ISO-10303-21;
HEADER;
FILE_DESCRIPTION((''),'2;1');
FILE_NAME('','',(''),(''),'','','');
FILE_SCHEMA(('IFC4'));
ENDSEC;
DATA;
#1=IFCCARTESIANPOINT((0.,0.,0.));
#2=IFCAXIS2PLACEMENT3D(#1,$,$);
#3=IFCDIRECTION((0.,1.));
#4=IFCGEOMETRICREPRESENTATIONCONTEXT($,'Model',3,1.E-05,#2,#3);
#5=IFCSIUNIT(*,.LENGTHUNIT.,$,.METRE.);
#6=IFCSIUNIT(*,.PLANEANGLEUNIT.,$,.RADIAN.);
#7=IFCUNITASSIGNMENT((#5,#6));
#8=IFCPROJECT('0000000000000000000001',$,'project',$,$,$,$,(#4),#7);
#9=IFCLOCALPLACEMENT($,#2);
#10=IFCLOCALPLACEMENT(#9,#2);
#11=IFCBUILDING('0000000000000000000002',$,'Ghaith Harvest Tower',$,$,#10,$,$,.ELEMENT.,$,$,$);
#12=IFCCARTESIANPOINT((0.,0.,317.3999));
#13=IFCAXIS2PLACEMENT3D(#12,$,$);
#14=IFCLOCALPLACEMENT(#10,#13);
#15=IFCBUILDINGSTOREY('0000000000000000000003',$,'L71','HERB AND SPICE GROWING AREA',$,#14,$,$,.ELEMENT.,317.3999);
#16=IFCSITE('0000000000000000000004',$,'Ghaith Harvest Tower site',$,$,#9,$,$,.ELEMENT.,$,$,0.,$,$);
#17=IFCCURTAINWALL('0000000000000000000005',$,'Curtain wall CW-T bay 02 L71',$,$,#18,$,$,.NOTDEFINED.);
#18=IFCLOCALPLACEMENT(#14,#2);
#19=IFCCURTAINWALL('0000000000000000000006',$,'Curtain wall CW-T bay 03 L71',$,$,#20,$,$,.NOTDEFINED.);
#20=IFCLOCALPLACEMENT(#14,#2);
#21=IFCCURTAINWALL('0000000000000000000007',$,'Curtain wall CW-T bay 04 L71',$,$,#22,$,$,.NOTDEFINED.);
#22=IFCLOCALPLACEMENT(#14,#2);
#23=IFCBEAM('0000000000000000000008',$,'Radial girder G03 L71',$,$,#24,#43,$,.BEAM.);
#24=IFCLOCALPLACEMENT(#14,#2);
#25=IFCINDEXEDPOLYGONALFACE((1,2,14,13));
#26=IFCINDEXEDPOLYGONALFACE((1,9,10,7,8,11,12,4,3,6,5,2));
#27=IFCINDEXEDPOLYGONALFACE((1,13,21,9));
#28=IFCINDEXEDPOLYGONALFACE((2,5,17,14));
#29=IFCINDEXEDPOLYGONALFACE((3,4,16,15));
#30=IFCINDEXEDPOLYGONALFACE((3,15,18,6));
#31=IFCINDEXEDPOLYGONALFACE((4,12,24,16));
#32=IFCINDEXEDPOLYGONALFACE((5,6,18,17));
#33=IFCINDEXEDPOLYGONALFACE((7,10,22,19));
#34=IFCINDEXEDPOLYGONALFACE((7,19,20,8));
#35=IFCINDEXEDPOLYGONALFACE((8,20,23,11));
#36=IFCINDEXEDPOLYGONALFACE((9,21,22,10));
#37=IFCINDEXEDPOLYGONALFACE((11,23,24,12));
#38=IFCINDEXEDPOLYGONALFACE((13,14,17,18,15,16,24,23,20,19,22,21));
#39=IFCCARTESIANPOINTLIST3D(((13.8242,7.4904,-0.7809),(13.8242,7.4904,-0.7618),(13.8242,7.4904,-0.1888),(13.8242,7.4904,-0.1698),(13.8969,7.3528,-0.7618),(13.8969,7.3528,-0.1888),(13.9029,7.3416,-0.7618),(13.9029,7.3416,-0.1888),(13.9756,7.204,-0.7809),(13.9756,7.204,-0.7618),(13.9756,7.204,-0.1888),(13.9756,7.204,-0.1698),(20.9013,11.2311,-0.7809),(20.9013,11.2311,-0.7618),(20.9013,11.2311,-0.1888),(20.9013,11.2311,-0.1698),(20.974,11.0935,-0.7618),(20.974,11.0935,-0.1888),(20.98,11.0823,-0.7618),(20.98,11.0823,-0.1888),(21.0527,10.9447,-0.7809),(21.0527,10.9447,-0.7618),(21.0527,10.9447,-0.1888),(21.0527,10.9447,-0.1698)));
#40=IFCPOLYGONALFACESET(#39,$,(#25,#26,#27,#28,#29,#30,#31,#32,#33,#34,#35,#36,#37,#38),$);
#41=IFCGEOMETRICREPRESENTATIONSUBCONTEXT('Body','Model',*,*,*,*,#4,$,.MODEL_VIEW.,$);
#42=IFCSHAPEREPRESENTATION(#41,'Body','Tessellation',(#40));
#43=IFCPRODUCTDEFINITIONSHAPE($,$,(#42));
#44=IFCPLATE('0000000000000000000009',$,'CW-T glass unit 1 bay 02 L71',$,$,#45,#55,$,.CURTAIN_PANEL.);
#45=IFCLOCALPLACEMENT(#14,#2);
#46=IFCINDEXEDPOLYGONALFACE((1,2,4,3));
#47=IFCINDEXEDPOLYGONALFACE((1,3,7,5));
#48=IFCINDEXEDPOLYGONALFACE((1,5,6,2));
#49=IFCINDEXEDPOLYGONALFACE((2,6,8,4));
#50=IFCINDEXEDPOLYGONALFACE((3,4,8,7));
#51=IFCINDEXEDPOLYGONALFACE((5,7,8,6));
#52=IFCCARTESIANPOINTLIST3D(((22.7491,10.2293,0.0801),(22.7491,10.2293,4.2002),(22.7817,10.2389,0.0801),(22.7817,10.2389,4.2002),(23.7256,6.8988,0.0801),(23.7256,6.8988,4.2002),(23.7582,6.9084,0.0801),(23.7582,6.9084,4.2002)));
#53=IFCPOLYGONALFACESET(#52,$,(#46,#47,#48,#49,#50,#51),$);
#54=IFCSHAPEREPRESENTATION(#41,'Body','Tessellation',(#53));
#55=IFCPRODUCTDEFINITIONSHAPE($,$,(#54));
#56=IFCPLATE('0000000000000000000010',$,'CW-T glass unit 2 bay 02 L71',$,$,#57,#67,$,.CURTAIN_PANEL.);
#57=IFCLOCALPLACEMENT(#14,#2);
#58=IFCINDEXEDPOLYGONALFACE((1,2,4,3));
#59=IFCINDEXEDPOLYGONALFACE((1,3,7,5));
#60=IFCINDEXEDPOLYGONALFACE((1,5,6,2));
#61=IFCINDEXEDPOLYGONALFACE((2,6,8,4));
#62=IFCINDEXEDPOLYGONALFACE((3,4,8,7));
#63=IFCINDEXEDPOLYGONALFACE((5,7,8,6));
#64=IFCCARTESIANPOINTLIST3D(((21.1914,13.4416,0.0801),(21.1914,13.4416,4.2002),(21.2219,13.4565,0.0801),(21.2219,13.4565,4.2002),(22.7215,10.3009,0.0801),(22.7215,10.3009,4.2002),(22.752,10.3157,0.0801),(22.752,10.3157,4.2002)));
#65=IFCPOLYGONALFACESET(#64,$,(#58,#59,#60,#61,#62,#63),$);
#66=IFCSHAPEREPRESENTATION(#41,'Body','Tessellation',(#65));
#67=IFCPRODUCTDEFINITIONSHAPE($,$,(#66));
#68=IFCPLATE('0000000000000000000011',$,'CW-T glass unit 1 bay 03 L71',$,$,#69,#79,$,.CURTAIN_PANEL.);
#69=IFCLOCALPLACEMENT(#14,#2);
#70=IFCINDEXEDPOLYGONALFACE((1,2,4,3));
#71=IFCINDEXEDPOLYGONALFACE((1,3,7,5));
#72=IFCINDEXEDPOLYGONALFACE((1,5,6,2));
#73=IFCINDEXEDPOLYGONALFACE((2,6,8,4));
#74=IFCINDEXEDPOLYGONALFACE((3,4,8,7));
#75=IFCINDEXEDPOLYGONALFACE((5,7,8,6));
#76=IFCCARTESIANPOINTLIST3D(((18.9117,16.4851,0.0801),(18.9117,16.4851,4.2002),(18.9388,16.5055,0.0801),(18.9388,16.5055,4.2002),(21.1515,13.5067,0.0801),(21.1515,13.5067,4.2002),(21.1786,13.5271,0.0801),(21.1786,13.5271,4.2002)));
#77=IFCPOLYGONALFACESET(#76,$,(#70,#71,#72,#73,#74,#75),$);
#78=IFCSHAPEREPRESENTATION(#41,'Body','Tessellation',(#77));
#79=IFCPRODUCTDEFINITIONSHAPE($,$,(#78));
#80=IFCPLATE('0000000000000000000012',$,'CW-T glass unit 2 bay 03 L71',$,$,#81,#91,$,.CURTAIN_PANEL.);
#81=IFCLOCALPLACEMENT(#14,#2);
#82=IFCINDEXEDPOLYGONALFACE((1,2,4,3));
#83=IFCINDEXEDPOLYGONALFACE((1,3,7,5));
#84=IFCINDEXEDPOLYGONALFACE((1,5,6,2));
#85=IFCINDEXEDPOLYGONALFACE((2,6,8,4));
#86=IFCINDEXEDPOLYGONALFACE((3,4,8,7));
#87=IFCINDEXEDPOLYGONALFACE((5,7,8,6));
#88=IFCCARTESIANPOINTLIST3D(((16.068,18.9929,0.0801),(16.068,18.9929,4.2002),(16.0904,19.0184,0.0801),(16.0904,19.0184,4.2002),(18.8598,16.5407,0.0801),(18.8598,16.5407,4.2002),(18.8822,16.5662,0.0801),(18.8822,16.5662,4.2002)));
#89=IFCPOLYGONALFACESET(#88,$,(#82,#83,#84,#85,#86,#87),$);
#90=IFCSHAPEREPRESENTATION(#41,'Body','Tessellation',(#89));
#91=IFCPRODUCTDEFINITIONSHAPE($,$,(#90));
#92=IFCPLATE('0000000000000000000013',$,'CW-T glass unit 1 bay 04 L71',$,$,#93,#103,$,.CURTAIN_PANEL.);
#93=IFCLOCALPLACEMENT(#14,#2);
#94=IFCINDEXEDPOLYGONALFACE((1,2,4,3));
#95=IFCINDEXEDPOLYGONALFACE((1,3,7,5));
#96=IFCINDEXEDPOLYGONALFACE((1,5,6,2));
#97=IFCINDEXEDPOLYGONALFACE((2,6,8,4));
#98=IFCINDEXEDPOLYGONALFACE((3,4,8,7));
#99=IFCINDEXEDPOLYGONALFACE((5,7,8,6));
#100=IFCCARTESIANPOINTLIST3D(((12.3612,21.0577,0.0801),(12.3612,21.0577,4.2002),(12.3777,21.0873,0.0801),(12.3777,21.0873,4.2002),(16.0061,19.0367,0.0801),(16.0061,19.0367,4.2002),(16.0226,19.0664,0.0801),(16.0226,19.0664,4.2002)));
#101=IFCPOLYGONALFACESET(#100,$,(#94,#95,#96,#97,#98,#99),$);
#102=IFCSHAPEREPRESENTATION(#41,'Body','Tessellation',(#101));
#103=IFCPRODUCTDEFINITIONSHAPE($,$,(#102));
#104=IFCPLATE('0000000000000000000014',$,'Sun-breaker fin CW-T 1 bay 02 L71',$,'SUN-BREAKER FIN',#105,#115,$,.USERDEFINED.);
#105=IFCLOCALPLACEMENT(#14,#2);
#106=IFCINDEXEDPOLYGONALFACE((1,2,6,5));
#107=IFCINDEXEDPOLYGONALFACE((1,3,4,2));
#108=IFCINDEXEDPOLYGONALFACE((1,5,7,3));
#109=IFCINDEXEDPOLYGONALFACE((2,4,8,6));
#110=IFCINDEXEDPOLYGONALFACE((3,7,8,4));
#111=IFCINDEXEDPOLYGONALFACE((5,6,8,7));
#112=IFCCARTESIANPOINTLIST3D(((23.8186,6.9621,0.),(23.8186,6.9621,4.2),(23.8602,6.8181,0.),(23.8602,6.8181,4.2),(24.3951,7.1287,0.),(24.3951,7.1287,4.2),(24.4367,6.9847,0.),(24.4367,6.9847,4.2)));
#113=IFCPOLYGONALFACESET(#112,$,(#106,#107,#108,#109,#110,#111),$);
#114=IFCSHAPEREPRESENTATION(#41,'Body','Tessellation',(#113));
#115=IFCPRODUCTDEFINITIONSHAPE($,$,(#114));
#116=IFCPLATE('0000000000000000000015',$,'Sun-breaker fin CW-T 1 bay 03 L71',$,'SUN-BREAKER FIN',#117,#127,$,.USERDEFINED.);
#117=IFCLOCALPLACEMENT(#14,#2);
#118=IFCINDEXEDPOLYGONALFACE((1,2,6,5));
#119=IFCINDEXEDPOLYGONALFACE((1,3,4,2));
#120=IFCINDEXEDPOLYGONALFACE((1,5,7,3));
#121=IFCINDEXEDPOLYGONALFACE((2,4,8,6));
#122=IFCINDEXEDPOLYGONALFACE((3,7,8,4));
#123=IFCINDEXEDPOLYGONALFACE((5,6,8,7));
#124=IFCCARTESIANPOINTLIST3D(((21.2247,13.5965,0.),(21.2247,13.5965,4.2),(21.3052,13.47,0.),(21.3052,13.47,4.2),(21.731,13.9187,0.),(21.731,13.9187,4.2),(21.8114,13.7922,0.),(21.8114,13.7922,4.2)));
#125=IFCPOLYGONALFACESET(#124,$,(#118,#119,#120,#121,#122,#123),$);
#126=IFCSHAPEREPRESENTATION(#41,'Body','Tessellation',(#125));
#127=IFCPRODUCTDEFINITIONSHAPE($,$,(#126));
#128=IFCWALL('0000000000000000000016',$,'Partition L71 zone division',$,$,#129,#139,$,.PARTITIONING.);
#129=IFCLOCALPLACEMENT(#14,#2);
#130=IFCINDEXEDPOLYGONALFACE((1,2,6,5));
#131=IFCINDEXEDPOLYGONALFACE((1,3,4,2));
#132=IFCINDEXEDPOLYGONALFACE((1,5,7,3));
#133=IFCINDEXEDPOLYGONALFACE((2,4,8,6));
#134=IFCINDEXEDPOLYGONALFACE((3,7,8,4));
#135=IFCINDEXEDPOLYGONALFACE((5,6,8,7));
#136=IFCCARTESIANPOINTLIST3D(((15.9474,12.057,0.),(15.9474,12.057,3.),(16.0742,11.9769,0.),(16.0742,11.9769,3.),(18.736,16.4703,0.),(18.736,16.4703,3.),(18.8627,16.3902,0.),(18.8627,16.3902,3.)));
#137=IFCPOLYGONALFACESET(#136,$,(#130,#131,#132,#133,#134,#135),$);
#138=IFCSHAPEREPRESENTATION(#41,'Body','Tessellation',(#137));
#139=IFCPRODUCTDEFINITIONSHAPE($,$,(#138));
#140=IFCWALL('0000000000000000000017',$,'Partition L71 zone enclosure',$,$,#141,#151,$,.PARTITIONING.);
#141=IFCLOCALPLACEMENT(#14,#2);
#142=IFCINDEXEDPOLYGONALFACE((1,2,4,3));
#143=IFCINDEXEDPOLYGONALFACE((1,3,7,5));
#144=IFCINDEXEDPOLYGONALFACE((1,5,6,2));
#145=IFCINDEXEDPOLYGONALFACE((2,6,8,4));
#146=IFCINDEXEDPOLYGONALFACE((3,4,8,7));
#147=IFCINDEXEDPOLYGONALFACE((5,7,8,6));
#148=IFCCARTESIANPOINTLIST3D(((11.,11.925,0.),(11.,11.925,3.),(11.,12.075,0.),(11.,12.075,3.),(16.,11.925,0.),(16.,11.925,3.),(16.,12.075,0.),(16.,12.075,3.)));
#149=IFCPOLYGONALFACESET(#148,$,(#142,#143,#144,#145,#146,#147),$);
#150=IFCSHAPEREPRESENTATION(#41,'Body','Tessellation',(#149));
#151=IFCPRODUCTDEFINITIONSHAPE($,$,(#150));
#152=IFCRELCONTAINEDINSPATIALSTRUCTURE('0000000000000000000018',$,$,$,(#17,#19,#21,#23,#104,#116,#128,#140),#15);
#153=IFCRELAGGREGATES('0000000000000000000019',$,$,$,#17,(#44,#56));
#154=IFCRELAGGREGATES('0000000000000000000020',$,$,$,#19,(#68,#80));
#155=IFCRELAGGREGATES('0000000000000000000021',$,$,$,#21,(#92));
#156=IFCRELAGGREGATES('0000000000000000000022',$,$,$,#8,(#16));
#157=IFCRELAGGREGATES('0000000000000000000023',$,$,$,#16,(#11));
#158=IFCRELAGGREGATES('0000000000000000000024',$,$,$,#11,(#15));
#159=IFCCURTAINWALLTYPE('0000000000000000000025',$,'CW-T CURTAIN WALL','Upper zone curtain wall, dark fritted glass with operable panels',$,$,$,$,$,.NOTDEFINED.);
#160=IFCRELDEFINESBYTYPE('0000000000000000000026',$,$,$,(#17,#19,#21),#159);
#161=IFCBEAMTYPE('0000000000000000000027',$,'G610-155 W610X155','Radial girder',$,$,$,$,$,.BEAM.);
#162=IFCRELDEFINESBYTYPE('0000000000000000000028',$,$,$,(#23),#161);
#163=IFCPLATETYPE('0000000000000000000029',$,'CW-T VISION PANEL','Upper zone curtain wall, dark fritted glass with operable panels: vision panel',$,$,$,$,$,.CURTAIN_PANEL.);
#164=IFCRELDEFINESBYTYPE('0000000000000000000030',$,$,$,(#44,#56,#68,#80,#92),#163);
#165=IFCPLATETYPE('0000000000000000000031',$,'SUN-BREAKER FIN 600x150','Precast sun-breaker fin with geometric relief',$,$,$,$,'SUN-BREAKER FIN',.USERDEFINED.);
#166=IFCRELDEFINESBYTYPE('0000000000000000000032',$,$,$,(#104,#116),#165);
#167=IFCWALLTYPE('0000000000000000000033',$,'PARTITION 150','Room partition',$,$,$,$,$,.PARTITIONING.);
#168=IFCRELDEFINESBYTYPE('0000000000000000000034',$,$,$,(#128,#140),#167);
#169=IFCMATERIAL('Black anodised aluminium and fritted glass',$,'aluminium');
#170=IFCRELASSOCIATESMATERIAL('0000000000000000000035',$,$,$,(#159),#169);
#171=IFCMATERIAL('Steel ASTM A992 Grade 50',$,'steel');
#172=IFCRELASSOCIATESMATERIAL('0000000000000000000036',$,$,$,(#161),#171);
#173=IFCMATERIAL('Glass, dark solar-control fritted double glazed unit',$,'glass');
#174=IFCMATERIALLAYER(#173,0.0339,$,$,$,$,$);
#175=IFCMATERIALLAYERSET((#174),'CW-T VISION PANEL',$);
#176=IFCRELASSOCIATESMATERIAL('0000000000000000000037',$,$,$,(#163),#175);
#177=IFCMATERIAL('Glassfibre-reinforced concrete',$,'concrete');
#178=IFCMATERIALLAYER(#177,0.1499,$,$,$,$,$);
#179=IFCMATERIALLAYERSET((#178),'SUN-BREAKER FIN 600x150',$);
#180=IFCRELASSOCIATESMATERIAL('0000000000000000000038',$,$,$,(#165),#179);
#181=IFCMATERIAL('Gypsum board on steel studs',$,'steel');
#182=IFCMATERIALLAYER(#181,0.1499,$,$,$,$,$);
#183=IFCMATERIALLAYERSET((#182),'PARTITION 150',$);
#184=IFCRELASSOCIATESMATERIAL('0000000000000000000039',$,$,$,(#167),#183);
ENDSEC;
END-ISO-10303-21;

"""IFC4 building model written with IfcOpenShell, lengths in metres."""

from ifc_helpers import new_model, si_unit, direction, frame, frame_2d, origin, origin_2d, place, context, subcontext, project, spatial, rectangle, i_section, extrude, material, layer, layer_set, material_profile, profile_set, type_object, element, aggregate, save


model = new_model("IFC4")

# Units and contexts
model_context = context("Model", 3, precision=1e-05, world=origin(), true_north=direction((0.0, 1.0)))
body_context = subcontext(model_context, "Body", "Model", "MODEL_VIEW")
ifc_project = project(units=[si_unit("LENGTHUNIT", "METRE"), si_unit("PLANEANGLEUNIT", "RADIAN")], contexts=[model_context])

# Site, building, storey
site_placement = place(None, origin())
site = spatial("IfcSite", under=ifc_project, at=site_placement, Name="Ghaith Harvest Tower site", CompositionType="ELEMENT", RefElevation=0.0)
building_placement = place(site_placement, origin())
building = spatial("IfcBuilding", under=site, at=building_placement, Name="Ghaith Harvest Tower", CompositionType="ELEMENT")
storey_placement = place(building_placement, frame((0.0, 0.0, 317.3999)))
storey = spatial("IfcBuildingStorey", under=building, at=storey_placement, Name="L71", Description="HERB AND SPICE GROWING AREA", CompositionType="ELEMENT", Elevation=317.3999)

# Curtain wall
ifc_material_1 = material(Name="Black anodised aluminium and fritted glass", Category="aluminium")
curtain_wall_type = type_object("IfcCurtainWallType", Name="CW-T CURTAIN WALL", Description="Upper zone curtain wall, dark fritted glass with operable panels", PredefinedType="NOTDEFINED", material=ifc_material_1)
curtain_wall_1_placement = place(storey_placement, origin())
curtain_wall_1 = element("IfcCurtainWall", 1, at=curtain_wall_1_placement, inside=storey, type_object=curtain_wall_type, Name="Curtain wall CW-T bay 02 L71", PredefinedType="NOTDEFINED")

# Curtain wall
curtain_wall_2_placement = place(storey_placement, origin())
curtain_wall_2 = element("IfcCurtainWall", 2, at=curtain_wall_2_placement, inside=storey, type_object=curtain_wall_type, Name="Curtain wall CW-T bay 03 L71", PredefinedType="NOTDEFINED")

# Curtain wall
curtain_wall_3_placement = place(storey_placement, origin())
curtain_wall_3 = element("IfcCurtainWall", 3, at=curtain_wall_3_placement, inside=storey, type_object=curtain_wall_type, Name="Curtain wall CW-T bay 04 L71", PredefinedType="NOTDEFINED")

# Beam
ifc_material_2 = material(Name="Steel ASTM A992 Grade 50", Category="steel")
ifc_material_profile_1 = material_profile(ifc_material_2, i_section(OverallWidth=0.324, OverallDepth=0.6111, WebThickness=0.0127, FlangeThickness=0.019, at=origin_2d()), Name="W610X155")
ifc_profile_set_1 = profile_set([ifc_material_profile_1], Name="Steel ASTM A992 Grade 50")
beam_type_1 = type_object("IfcBeamType", Name="G610-155 W610X155", Description="Radial girder", PredefinedType="BEAM", material=ifc_profile_set_1)
beam_1_placement = place(storey_placement, frame((13.8999, 7.3472, -0.4753), z_axis=(0.884098, 0.467302, 0.0), x_axis=(-0.467302, 0.884098, 0.0)))
element("IfcBeam", 4, at=beam_1_placement, inside=storey, type_object=beam_type_1, Name="Radial girder G03 L71", PredefinedType="BEAM", context=body_context, shape_type="SweptSolid", body=[
    extrude(i_section(OverallWidth=0.324, OverallDepth=0.6111, WebThickness=0.0127, FlangeThickness=0.019, at=origin_2d()), origin(), (0.0, 0.0, 1.0), 8.0049),
])

# Plates
ifc_material_3 = material(Name="Glass, dark solar-control fritted double glazed unit", Category="glass")
ifc_layer_1 = layer(ifc_material_3, 0.0339)
ifc_layer_set_1 = layer_set([ifc_layer_1], Name="CW-T VISION PANEL")
plate_type_1 = type_object("IfcPlateType", Name="CW-T VISION PANEL", Description="Upper zone curtain wall, dark fritted glass with operable panels: vision panel", PredefinedType="CURTAIN_PANEL", material=ifc_layer_set_1)
plate_1_placement = place(storey_placement, frame((23.2537, 8.5688, 0.0801), z_axis=(0.0, 0.0, 1.0), x_axis=(-0.281345, 0.959607, 0.0)))
plate_1 = element("IfcPlate", 5, at=plate_1_placement, type_object=plate_type_1, Name="CW-T glass unit 1 bay 02 L71", PredefinedType="CURTAIN_PANEL", context=body_context, shape_type="SweptSolid", body=[
    extrude(rectangle(XDim=3.4707, YDim=0.0339, at=origin_2d()), origin(), (0.0, 0.0, 1.0), 4.1201),
])
plate_2_placement = place(storey_placement, frame((21.9717, 11.8787, 0.0801), z_axis=(0.0, 0.0, 1.0), x_axis=(-0.437968, 0.89899, 0.0)))
plate_2 = element("IfcPlate", 6, at=plate_2_placement, type_object=plate_type_1, Name="CW-T glass unit 2 bay 02 L71", PredefinedType="CURTAIN_PANEL", context=body_context, shape_type="SweptSolid", body=[
    extrude(rectangle(XDim=3.4937, YDim=0.0339, at=origin_2d()), origin(), (0.0, 0.0, 1.0), 4.1201),
])
aggregate(curtain_wall_1, [plate_1, plate_2])
plate_3_placement = place(storey_placement, frame((20.0452, 15.0061, 0.0801), z_axis=(0.0, 0.0, 1.0), x_axis=(-0.601048, 0.799213, 0.0)))
plate_3 = element("IfcPlate", 7, at=plate_3_placement, type_object=plate_type_1, Name="CW-T glass unit 1 bay 03 L71", PredefinedType="CURTAIN_PANEL", context=body_context, shape_type="SweptSolid", body=[
    extrude(rectangle(XDim=3.7266, YDim=0.0339, at=origin_2d()), origin(), (0.0, 0.0, 1.0), 4.1201),
])
plate_4_placement = place(storey_placement, frame((17.4751, 17.7795, 0.0801), z_axis=(0.0, 0.0, 1.0), x_axis=(-0.751335, 0.659922, 0.0)))
plate_4 = element("IfcPlate", 8, at=plate_4_placement, type_object=plate_type_1, Name="CW-T glass unit 2 bay 03 L71", PredefinedType="CURTAIN_PANEL", context=body_context, shape_type="SweptSolid", body=[
    extrude(rectangle(XDim=3.7158, YDim=0.0339, at=origin_2d()), origin(), (0.0, 0.0, 1.0), 4.1201),
])
aggregate(curtain_wall_2, [plate_3, plate_4])
plate_5_placement = place(storey_placement, frame((14.1919, 20.062, 0.0801), z_axis=(0.0, 0.0, 1.0), x_axis=(-0.874564, 0.48491, 0.0)))
plate_5 = element("IfcPlate", 9, at=plate_5_placement, type_object=plate_type_1, Name="CW-T glass unit 1 bay 04 L71", PredefinedType="CURTAIN_PANEL", context=body_context, shape_type="SweptSolid", body=[
    extrude(rectangle(XDim=4.1677, YDim=0.0339, at=origin_2d()), origin(), (0.0, 0.0, 1.0), 4.1201),
])
aggregate(curtain_wall_3, [plate_5])

# Plates
ifc_material_4 = material(Name="Glassfibre-reinforced concrete", Category="concrete")
ifc_layer_2 = layer(ifc_material_4, 0.1499)
ifc_layer_set_2 = layer_set([ifc_layer_2], Name="SUN-BREAKER FIN 600x150")
plate_type_2 = type_object("IfcPlateType", Name="SUN-BREAKER FIN 600x150", Description="Precast sun-breaker fin with geometric relief", ElementType="SUN-BREAKER FIN", PredefinedType="USERDEFINED", material=ifc_layer_set_2)
for number, where, z_axis, x_axis, name in (
    (10, (24.1277, 6.9734, 0.0), (0.0, 0.0, 1.0), (0.96068, 0.277657, 0.0), "Sun-breaker fin CW-T 1 bay 02 L71"),
    (11, (21.5181, 13.6943, 0.0), (0.0, 0.0, 1.0), (0.843644, 0.536903, 0.0), "Sun-breaker fin CW-T 1 bay 03 L71"),
):
    element("IfcPlate", number, at=place(storey_placement, frame(where, z_axis=z_axis, x_axis=x_axis)), inside=storey, type_object=plate_type_2, Name=name, ObjectType="SUN-BREAKER FIN", PredefinedType="USERDEFINED", context=body_context, shape_type="SweptSolid", body=[
        extrude(rectangle(XDim=0.6001, YDim=0.1499, at=origin_2d()), origin(), (0.0, 0.0, 1.0), 4.2),
    ])

# Walls
ifc_material_5 = material(Name="Gypsum board on steel studs", Category="steel")
ifc_layer_3 = layer(ifc_material_5, 0.1499)
ifc_layer_set_3 = layer_set([ifc_layer_3], Name="PARTITION 150")
wall_type_1 = type_object("IfcWallType", Name="PARTITION 150", Description="Room partition", PredefinedType="PARTITIONING", material=ifc_layer_set_3)
wall_1_placement = place(storey_placement, frame((16.0107, 12.0168, 0.0), z_axis=(0.0, 0.0, 1.0), x_axis=(0.534158, 0.845384, 0.0)))
element("IfcWall", 12, at=wall_1_placement, inside=storey, type_object=wall_type_1, Name="Partition L71 zone division", PredefinedType="PARTITIONING", context=body_context, shape_type="SweptSolid", body=[
    extrude(rectangle(XDim=5.2205, YDim=0.1499, at=frame_2d((2.6104, 0.0))), origin(), (0.0, 0.0, 1.0), 3.0),
])
wall_2_placement = place(storey_placement, frame((16.0, 12.0, 0.0), z_axis=(0.0, 0.0, 1.0), x_axis=(-1.0, 0.0, 0.0)))
element("IfcWall", 13, at=wall_2_placement, inside=storey, type_object=wall_type_1, Name="Partition L71 zone enclosure", PredefinedType="PARTITIONING", context=body_context, shape_type="SweptSolid", body=[
    extrude(rectangle(XDim=5.0, YDim=0.1499, at=frame_2d((2.5, 0.0))), origin(), (0.0, 0.0, 1.0), 3.0),
])

save(model, "model.ifc")
